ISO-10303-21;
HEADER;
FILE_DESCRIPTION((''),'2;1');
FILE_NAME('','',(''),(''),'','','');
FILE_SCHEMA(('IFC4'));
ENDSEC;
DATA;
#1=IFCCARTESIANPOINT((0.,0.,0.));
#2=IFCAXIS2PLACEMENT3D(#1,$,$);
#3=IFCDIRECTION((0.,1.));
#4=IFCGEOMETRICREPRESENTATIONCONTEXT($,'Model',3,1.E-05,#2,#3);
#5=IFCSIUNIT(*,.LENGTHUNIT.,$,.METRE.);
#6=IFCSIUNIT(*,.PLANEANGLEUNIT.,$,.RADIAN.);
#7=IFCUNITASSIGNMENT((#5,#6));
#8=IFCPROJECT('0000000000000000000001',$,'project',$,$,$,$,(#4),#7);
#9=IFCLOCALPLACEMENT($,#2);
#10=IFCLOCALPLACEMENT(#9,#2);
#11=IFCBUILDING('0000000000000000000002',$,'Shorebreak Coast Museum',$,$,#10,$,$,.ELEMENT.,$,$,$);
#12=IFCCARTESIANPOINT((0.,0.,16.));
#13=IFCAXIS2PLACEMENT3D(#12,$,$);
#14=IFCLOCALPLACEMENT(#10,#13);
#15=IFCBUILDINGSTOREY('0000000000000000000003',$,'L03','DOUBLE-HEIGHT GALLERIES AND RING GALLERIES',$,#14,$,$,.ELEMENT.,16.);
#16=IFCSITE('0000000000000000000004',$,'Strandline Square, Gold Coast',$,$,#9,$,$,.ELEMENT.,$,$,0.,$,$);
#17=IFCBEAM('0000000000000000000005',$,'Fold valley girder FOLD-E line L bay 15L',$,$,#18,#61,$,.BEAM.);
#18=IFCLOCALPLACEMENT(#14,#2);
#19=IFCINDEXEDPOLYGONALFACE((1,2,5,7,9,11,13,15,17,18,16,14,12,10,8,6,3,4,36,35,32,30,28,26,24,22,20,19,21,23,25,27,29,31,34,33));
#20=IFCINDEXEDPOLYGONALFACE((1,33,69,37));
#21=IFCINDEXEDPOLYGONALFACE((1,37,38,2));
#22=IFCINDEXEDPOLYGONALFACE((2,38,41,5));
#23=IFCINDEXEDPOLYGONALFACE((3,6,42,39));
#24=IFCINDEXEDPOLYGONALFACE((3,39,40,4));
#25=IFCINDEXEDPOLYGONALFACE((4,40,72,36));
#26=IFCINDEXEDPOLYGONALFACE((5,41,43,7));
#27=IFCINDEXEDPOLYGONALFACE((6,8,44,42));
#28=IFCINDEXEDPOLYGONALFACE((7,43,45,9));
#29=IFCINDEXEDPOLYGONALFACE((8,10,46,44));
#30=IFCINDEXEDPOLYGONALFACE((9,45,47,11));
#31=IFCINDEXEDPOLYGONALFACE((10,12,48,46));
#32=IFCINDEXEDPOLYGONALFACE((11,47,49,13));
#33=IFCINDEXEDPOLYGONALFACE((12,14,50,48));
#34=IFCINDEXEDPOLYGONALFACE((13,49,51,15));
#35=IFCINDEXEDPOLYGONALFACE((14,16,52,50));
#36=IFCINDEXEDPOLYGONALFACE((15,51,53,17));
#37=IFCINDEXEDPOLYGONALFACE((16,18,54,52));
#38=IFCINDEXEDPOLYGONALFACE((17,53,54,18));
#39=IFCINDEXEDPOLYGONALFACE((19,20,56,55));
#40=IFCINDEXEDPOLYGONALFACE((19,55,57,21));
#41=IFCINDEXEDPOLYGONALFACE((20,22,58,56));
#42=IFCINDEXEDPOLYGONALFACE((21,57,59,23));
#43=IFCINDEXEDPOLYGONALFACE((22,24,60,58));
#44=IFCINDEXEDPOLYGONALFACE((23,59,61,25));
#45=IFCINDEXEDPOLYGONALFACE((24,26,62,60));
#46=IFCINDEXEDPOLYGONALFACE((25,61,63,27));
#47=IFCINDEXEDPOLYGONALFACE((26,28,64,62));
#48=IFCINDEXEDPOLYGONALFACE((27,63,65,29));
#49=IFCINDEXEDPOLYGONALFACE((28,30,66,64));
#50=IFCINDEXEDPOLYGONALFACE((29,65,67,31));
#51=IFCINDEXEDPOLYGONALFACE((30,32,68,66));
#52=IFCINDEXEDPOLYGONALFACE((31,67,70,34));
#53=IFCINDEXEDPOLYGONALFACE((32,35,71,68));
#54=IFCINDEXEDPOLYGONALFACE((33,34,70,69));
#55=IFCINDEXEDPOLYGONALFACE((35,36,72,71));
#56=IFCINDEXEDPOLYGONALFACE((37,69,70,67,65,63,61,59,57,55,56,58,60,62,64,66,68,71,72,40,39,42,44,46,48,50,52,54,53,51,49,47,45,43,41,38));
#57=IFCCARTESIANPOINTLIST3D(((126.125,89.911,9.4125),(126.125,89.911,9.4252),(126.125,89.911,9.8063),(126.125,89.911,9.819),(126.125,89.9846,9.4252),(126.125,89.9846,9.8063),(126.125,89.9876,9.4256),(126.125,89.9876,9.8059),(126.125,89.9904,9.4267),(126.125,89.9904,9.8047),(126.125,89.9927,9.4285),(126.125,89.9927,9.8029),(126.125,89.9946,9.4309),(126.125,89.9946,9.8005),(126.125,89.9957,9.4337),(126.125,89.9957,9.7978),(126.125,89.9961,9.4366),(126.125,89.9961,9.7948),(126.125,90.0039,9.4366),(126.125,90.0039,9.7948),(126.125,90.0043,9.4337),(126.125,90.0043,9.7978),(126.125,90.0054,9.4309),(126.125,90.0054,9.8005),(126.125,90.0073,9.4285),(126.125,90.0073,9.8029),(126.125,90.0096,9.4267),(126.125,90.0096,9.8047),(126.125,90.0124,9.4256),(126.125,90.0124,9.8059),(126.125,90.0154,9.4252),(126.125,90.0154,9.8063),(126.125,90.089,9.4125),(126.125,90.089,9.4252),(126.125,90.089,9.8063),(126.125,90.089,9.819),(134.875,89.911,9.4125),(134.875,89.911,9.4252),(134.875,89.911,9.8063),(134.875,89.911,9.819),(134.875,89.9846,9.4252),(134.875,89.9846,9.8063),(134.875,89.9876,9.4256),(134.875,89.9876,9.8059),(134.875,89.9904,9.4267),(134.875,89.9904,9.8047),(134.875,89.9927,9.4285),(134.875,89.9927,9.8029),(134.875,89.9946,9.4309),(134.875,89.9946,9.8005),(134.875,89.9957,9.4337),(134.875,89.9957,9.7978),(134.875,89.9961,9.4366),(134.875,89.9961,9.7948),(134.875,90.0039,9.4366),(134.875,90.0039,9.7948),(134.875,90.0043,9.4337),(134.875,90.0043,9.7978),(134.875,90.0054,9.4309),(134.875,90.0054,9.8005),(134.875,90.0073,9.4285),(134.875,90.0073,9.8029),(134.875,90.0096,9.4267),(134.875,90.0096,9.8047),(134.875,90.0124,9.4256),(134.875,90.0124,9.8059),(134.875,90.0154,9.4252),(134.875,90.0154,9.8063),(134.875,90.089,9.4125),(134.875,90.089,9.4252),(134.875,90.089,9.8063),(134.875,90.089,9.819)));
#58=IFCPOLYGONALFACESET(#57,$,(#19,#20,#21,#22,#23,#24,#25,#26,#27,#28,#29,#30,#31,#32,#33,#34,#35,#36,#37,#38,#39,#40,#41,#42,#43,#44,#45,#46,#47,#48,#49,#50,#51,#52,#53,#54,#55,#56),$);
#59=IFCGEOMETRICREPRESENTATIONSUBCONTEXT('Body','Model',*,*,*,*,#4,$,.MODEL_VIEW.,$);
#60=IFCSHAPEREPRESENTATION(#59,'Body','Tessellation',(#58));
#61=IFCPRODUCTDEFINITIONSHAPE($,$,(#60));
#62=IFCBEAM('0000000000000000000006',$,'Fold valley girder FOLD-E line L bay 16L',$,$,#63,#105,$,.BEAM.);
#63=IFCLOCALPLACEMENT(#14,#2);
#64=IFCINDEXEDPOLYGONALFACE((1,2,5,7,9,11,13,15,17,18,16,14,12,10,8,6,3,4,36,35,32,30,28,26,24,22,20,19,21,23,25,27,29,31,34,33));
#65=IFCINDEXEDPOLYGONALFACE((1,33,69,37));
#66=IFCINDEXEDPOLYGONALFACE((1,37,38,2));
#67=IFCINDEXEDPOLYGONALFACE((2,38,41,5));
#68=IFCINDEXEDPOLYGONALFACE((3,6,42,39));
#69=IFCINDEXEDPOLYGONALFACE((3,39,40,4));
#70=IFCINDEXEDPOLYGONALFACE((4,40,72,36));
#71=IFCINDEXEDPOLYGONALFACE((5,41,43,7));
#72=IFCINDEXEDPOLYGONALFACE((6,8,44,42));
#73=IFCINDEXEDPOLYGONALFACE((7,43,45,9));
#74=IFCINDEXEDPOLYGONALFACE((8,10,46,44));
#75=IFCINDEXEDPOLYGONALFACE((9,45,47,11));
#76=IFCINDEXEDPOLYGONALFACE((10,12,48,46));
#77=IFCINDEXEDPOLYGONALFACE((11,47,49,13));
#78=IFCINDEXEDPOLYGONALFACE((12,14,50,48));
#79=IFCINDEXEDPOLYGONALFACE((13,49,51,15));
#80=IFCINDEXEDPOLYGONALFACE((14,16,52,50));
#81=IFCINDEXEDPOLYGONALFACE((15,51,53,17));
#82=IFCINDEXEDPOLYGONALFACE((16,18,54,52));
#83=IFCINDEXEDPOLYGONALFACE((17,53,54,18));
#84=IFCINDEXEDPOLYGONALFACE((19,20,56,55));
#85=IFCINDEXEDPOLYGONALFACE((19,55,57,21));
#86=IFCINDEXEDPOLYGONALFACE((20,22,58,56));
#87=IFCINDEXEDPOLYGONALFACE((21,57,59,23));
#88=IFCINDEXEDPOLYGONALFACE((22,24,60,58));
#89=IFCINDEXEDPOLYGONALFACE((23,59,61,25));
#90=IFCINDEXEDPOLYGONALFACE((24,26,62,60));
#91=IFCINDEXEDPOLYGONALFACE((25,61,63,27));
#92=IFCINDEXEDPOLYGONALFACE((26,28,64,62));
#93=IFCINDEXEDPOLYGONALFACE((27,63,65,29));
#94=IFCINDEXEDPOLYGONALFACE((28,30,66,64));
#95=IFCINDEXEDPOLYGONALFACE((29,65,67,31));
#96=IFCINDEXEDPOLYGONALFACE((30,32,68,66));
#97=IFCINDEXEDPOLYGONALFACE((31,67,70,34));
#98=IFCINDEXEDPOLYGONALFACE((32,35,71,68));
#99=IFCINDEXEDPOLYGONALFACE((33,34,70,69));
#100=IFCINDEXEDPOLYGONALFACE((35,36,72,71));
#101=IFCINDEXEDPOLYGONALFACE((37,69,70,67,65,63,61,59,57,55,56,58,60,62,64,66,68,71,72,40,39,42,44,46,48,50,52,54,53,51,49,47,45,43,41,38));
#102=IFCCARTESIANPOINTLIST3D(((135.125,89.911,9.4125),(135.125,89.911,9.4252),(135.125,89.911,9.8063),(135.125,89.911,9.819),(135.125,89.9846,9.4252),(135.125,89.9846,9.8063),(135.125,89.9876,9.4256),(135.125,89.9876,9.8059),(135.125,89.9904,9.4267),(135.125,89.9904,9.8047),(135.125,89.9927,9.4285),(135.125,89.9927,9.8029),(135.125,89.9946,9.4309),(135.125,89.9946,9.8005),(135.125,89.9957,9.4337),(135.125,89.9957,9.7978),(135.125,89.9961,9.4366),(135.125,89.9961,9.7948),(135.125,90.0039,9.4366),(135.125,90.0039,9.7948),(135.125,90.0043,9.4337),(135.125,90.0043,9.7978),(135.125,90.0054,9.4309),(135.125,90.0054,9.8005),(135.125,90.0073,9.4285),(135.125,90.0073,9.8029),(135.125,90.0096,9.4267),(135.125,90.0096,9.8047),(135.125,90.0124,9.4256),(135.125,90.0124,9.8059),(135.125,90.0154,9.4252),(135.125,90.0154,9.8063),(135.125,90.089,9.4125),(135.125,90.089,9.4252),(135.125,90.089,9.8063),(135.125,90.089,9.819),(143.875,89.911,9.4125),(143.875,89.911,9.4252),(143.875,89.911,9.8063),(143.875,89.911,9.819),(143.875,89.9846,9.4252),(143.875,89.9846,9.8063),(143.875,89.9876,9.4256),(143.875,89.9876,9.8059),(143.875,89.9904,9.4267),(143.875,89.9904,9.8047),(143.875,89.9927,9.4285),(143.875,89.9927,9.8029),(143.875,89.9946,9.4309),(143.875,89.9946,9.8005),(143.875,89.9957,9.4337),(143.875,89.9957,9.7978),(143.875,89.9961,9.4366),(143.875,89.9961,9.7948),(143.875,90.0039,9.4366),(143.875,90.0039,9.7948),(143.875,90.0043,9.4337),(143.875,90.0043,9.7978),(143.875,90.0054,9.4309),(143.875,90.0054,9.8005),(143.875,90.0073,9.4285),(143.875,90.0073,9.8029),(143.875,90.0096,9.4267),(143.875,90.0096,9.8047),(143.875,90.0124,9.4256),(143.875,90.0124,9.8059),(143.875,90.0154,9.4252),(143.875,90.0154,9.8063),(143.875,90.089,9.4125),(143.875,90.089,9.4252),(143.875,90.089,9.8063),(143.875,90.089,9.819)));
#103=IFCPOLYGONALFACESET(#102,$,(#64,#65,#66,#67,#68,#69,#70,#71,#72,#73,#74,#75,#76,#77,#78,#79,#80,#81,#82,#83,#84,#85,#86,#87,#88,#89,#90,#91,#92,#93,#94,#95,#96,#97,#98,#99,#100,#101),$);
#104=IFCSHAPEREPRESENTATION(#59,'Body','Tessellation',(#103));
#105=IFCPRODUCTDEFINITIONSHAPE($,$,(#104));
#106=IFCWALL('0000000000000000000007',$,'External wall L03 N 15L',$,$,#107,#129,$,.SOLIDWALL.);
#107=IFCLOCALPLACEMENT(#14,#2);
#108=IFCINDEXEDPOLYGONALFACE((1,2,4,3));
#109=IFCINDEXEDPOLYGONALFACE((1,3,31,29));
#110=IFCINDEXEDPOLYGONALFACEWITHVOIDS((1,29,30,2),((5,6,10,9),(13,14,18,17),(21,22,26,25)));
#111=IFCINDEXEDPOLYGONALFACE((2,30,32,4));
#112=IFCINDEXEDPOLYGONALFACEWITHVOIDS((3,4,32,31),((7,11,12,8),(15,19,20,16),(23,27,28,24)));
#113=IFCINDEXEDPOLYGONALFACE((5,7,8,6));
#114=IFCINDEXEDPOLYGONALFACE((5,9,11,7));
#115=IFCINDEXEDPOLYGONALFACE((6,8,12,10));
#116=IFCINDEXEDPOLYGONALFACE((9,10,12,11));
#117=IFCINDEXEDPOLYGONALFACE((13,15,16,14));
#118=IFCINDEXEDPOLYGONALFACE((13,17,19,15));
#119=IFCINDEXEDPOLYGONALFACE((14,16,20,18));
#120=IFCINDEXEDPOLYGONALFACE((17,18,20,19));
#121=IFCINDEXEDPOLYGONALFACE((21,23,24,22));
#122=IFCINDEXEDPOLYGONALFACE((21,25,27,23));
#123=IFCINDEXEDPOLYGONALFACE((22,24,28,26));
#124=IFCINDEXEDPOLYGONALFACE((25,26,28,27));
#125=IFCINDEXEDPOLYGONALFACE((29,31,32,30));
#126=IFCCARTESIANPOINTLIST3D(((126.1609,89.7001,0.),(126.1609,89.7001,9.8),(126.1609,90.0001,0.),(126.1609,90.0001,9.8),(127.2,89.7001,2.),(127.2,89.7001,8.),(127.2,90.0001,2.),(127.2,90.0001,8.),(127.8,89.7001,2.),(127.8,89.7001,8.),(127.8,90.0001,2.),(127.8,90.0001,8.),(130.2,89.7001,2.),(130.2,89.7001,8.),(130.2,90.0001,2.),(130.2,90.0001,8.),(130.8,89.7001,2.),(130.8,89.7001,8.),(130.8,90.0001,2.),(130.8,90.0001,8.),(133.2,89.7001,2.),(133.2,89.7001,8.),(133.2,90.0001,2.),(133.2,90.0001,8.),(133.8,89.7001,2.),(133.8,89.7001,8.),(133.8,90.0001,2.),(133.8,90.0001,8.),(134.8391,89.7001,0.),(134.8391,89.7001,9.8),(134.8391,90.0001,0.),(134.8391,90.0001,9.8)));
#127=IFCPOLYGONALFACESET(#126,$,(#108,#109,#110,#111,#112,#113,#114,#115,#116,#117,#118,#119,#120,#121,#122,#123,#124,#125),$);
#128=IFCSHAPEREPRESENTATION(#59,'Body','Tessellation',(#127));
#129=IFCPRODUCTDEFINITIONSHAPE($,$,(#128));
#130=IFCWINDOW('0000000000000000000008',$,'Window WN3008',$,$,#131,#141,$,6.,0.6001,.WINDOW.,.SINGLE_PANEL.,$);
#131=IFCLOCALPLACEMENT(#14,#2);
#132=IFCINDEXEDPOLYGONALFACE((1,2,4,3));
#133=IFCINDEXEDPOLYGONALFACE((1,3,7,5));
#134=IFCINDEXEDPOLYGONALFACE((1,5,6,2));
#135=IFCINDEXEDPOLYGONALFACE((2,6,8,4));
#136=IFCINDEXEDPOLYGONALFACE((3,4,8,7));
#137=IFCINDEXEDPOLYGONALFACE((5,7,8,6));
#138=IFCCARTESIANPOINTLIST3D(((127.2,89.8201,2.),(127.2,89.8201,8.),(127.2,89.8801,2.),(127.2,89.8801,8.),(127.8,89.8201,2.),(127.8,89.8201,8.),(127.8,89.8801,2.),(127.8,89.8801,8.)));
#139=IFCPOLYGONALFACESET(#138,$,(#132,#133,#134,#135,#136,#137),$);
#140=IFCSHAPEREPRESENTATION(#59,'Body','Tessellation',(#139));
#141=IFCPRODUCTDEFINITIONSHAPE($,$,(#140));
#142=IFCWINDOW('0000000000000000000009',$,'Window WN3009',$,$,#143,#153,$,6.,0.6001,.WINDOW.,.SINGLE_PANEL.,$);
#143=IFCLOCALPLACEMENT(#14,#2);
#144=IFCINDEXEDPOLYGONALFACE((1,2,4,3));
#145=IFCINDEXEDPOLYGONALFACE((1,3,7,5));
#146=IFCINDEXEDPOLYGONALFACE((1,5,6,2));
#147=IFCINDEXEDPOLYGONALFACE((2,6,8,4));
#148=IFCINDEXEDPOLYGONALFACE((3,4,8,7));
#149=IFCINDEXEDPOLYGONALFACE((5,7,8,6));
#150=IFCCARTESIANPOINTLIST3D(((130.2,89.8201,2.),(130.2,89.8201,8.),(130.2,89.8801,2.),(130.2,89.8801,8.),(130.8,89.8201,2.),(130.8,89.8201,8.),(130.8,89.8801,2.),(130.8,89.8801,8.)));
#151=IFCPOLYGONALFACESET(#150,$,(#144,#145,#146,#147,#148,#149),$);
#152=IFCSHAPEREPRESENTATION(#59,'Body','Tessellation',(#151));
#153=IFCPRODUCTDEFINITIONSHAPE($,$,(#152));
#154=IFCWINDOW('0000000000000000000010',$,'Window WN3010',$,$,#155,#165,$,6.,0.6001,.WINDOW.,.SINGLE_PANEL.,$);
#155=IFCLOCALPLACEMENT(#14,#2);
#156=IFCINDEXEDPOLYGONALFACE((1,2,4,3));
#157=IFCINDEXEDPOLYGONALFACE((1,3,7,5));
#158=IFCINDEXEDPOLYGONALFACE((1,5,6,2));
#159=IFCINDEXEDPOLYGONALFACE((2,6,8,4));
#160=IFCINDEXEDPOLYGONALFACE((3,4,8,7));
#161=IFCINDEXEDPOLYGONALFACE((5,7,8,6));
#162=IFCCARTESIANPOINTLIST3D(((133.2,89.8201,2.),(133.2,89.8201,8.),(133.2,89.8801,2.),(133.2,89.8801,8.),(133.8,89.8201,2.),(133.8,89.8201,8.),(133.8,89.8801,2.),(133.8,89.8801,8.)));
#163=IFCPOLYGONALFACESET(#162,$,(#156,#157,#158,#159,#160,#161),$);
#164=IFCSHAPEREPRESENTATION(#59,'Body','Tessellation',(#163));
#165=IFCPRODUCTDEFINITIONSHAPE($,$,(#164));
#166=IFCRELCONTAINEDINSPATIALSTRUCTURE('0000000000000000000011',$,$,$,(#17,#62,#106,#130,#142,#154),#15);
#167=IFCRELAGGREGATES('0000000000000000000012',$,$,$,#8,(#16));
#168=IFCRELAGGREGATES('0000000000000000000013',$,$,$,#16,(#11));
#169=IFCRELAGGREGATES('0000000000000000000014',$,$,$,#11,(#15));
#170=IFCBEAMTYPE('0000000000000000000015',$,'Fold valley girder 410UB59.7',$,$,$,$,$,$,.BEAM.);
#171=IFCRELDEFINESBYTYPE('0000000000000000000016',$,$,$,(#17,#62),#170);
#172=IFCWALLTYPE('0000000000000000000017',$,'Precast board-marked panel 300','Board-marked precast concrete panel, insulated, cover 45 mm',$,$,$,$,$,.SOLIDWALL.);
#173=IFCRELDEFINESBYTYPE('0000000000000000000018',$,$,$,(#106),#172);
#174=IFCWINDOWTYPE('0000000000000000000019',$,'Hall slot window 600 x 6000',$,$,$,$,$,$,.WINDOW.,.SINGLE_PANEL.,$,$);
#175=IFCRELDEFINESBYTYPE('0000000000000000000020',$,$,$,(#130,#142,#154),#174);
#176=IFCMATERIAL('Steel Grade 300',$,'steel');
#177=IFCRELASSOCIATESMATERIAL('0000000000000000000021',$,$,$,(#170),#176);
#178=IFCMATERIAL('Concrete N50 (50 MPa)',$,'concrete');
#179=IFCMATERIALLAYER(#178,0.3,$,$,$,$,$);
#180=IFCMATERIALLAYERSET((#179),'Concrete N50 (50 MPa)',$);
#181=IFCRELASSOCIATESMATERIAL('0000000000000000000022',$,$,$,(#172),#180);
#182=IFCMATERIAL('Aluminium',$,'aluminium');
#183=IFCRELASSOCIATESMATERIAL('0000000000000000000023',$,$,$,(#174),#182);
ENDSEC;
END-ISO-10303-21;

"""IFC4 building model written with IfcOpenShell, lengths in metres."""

from ifc_helpers import new_model, si_unit, direction, frame, frame_2d, origin, origin_2d, place, context, subcontext, project, spatial, rectangle, i_section, extrude, material, layer, layer_set, material_profile, profile_set, type_object, element, fill, save


model = new_model("IFC4")

# Units and contexts
model_context = context("Model", 3, precision=1e-05, world=origin(), true_north=direction((0.0, 1.0)))
body_context = subcontext(model_context, "Body", "Model", "MODEL_VIEW")
ifc_project = project(units=[si_unit("LENGTHUNIT", "METRE"), si_unit("PLANEANGLEUNIT", "RADIAN")], contexts=[model_context])

# Site, building, storey
site_placement = place(None, origin())
site = spatial("IfcSite", under=ifc_project, at=site_placement, Name="Strandline Square, Gold Coast", CompositionType="ELEMENT", RefElevation=0.0)
building_placement = place(site_placement, origin())
building = spatial("IfcBuilding", under=site, at=building_placement, Name="Shorebreak Coast Museum", CompositionType="ELEMENT")
storey_placement = place(building_placement, frame((0.0, 0.0, 16.0)))
storey = spatial("IfcBuildingStorey", under=building, at=storey_placement, Name="L03", Description="DOUBLE-HEIGHT GALLERIES AND RING GALLERIES", CompositionType="ELEMENT", Elevation=16.0)

# Beams
ifc_material_1 = material(Name="Steel Grade 300", Category="steel")
ifc_material_profile_1 = material_profile(ifc_material_1, i_section(OverallWidth=0.178, OverallDepth=0.4065, WebThickness=0.0078, FlangeThickness=0.0127, FilletRadius=0.0115, at=origin_2d()), Name="410UB59.7")
ifc_profile_set_1 = profile_set([ifc_material_profile_1], Name="Steel Grade 300")
beam_type_1 = type_object("IfcBeamType", Name="Fold valley girder 410UB59.7", PredefinedType="BEAM", material=ifc_profile_set_1)
for number, where, z_axis, x_axis, name in (
    (1, (126.125, 90.0, 9.6157), (1.0, 0.0, 0.0), (0.0, 1.0, 0.0), "Fold valley girder FOLD-E line L bay 15L"),
    (2, (135.125, 90.0, 9.6157), (1.0, 0.0, 0.0), (0.0, 1.0, 0.0), "Fold valley girder FOLD-E line L bay 16L"),
):
    element("IfcBeam", number, at=place(storey_placement, frame(where, z_axis=z_axis, x_axis=x_axis)), inside=storey, type_object=beam_type_1, Name=name, PredefinedType="BEAM", context=body_context, shape_type="SweptSolid", body=[
        extrude(i_section(OverallWidth=0.178, OverallDepth=0.4065, WebThickness=0.0078, FlangeThickness=0.0127, FilletRadius=0.0115, at=origin_2d()), origin(), (0.0, 0.0, 1.0), 8.75),
    ])

# Wall, openings, windows
ifc_material_2 = material(Name="Concrete N50 (50 MPa)", Category="concrete")
ifc_layer_1 = layer(ifc_material_2, 0.3)
ifc_layer_set_1 = layer_set([ifc_layer_1], Name="Concrete N50 (50 MPa)")
wall_type = type_object("IfcWallType", Name="Precast board-marked panel 300", Description="Board-marked precast concrete panel, insulated, cover 45 mm", PredefinedType="SOLIDWALL", material=ifc_layer_set_1)
wall_1_placement = place(storey_placement, frame((126.1609, 89.8501, 0.0), z_axis=(0.0, 0.0, 1.0), x_axis=(1.0, 0.0, 0.0)))
wall_1 = element("IfcWall", 3, at=wall_1_placement, inside=storey, type_object=wall_type, Name="External wall L03 N 15L", PredefinedType="SOLIDWALL", context=body_context, shape_type="SweptSolid", body=[
    extrude(rectangle(XDim=8.6782, YDim=0.3, at=frame_2d((4.3391, 0.0))), origin(), (0.0, 0.0, 1.0), 9.8),
])
opening_1_placement = place(wall_1_placement, frame((1.0391, 0.0, 2.0)))
opening_1 = element("IfcOpeningElement", 4, at=opening_1_placement, cuts=wall_1, PredefinedType="OPENING", context=body_context, shape_type="SweptSolid", body=[
    extrude(rectangle(XDim=0.6001, YDim=6.0, at=frame_2d((0.3, 3.0))), frame((0.0, 0.1599, 0.0), z_axis=(0.0, -1.0, 0.0), x_axis=(1.0, 0.0, 0.0)), (0.0, 0.0, 1.0), 0.3201),
])
opening_2_placement = place(wall_1_placement, frame((4.0391, 0.0, 2.0)))
opening_2 = element("IfcOpeningElement", 5, at=opening_2_placement, cuts=wall_1, PredefinedType="OPENING", context=body_context, shape_type="SweptSolid", body=[
    extrude(rectangle(XDim=0.6001, YDim=6.0, at=frame_2d((0.3, 3.0))), frame((0.0, 0.1599, 0.0), z_axis=(0.0, -1.0, 0.0), x_axis=(1.0, 0.0, 0.0)), (0.0, 0.0, 1.0), 0.3201),
])
opening_3_placement = place(wall_1_placement, frame((7.0391, 0.0, 2.0)))
opening_3 = element("IfcOpeningElement", 6, at=opening_3_placement, cuts=wall_1, PredefinedType="OPENING", context=body_context, shape_type="SweptSolid", body=[
    extrude(rectangle(XDim=0.6001, YDim=6.0, at=frame_2d((0.3, 3.0))), frame((0.0, 0.1599, 0.0), z_axis=(0.0, -1.0, 0.0), x_axis=(1.0, 0.0, 0.0)), (0.0, 0.0, 1.0), 0.3201),
])
ifc_material_3 = material(Name="Aluminium", Category="aluminium")
window_type = type_object("IfcWindowType", Name="Hall slot window 600 x 6000", PartitioningType="SINGLE_PANEL", PredefinedType="WINDOW", material=ifc_material_3)
window_1_placement = place(opening_1_placement, origin())
window_1 = element("IfcWindow", 7, at=window_1_placement, inside=storey, type_object=window_type, Name="Window WN3008", OverallHeight=6.0, OverallWidth=0.6001, PartitioningType="SINGLE_PANEL", PredefinedType="WINDOW", context=body_context, shape_type="SweptSolid", body=[
    extrude(rectangle(XDim=0.6001, YDim=6.0, at=frame_2d((0.3, 3.0))), frame((0.0, 0.03, 0.0), z_axis=(0.0, -1.0, 0.0), x_axis=(1.0, 0.0, 0.0)), (0.0, 0.0, 1.0), 0.0601),
])
fill(opening_1, window_1)
window_2_placement = place(opening_2_placement, origin())
window_2 = element("IfcWindow", 8, at=window_2_placement, inside=storey, type_object=window_type, Name="Window WN3009", OverallHeight=6.0, OverallWidth=0.6001, PartitioningType="SINGLE_PANEL", PredefinedType="WINDOW", context=body_context, shape_type="SweptSolid", body=[
    extrude(rectangle(XDim=0.6001, YDim=6.0, at=frame_2d((0.3, 3.0))), frame((0.0, 0.03, 0.0), z_axis=(0.0, -1.0, 0.0), x_axis=(1.0, 0.0, 0.0)), (0.0, 0.0, 1.0), 0.0601),
])
fill(opening_2, window_2)
window_3_placement = place(opening_3_placement, origin())
window_3 = element("IfcWindow", 9, at=window_3_placement, inside=storey, type_object=window_type, Name="Window WN3010", OverallHeight=6.0, OverallWidth=0.6001, PartitioningType="SINGLE_PANEL", PredefinedType="WINDOW", context=body_context, shape_type="SweptSolid", body=[
    extrude(rectangle(XDim=0.6001, YDim=6.0, at=frame_2d((0.3, 3.0))), frame((0.0, 0.03, 0.0), z_axis=(0.0, -1.0, 0.0), x_axis=(1.0, 0.0, 0.0)), (0.0, 0.0, 1.0), 0.0601),
])
fill(opening_3, window_3)

save(model, "model.ifc")
